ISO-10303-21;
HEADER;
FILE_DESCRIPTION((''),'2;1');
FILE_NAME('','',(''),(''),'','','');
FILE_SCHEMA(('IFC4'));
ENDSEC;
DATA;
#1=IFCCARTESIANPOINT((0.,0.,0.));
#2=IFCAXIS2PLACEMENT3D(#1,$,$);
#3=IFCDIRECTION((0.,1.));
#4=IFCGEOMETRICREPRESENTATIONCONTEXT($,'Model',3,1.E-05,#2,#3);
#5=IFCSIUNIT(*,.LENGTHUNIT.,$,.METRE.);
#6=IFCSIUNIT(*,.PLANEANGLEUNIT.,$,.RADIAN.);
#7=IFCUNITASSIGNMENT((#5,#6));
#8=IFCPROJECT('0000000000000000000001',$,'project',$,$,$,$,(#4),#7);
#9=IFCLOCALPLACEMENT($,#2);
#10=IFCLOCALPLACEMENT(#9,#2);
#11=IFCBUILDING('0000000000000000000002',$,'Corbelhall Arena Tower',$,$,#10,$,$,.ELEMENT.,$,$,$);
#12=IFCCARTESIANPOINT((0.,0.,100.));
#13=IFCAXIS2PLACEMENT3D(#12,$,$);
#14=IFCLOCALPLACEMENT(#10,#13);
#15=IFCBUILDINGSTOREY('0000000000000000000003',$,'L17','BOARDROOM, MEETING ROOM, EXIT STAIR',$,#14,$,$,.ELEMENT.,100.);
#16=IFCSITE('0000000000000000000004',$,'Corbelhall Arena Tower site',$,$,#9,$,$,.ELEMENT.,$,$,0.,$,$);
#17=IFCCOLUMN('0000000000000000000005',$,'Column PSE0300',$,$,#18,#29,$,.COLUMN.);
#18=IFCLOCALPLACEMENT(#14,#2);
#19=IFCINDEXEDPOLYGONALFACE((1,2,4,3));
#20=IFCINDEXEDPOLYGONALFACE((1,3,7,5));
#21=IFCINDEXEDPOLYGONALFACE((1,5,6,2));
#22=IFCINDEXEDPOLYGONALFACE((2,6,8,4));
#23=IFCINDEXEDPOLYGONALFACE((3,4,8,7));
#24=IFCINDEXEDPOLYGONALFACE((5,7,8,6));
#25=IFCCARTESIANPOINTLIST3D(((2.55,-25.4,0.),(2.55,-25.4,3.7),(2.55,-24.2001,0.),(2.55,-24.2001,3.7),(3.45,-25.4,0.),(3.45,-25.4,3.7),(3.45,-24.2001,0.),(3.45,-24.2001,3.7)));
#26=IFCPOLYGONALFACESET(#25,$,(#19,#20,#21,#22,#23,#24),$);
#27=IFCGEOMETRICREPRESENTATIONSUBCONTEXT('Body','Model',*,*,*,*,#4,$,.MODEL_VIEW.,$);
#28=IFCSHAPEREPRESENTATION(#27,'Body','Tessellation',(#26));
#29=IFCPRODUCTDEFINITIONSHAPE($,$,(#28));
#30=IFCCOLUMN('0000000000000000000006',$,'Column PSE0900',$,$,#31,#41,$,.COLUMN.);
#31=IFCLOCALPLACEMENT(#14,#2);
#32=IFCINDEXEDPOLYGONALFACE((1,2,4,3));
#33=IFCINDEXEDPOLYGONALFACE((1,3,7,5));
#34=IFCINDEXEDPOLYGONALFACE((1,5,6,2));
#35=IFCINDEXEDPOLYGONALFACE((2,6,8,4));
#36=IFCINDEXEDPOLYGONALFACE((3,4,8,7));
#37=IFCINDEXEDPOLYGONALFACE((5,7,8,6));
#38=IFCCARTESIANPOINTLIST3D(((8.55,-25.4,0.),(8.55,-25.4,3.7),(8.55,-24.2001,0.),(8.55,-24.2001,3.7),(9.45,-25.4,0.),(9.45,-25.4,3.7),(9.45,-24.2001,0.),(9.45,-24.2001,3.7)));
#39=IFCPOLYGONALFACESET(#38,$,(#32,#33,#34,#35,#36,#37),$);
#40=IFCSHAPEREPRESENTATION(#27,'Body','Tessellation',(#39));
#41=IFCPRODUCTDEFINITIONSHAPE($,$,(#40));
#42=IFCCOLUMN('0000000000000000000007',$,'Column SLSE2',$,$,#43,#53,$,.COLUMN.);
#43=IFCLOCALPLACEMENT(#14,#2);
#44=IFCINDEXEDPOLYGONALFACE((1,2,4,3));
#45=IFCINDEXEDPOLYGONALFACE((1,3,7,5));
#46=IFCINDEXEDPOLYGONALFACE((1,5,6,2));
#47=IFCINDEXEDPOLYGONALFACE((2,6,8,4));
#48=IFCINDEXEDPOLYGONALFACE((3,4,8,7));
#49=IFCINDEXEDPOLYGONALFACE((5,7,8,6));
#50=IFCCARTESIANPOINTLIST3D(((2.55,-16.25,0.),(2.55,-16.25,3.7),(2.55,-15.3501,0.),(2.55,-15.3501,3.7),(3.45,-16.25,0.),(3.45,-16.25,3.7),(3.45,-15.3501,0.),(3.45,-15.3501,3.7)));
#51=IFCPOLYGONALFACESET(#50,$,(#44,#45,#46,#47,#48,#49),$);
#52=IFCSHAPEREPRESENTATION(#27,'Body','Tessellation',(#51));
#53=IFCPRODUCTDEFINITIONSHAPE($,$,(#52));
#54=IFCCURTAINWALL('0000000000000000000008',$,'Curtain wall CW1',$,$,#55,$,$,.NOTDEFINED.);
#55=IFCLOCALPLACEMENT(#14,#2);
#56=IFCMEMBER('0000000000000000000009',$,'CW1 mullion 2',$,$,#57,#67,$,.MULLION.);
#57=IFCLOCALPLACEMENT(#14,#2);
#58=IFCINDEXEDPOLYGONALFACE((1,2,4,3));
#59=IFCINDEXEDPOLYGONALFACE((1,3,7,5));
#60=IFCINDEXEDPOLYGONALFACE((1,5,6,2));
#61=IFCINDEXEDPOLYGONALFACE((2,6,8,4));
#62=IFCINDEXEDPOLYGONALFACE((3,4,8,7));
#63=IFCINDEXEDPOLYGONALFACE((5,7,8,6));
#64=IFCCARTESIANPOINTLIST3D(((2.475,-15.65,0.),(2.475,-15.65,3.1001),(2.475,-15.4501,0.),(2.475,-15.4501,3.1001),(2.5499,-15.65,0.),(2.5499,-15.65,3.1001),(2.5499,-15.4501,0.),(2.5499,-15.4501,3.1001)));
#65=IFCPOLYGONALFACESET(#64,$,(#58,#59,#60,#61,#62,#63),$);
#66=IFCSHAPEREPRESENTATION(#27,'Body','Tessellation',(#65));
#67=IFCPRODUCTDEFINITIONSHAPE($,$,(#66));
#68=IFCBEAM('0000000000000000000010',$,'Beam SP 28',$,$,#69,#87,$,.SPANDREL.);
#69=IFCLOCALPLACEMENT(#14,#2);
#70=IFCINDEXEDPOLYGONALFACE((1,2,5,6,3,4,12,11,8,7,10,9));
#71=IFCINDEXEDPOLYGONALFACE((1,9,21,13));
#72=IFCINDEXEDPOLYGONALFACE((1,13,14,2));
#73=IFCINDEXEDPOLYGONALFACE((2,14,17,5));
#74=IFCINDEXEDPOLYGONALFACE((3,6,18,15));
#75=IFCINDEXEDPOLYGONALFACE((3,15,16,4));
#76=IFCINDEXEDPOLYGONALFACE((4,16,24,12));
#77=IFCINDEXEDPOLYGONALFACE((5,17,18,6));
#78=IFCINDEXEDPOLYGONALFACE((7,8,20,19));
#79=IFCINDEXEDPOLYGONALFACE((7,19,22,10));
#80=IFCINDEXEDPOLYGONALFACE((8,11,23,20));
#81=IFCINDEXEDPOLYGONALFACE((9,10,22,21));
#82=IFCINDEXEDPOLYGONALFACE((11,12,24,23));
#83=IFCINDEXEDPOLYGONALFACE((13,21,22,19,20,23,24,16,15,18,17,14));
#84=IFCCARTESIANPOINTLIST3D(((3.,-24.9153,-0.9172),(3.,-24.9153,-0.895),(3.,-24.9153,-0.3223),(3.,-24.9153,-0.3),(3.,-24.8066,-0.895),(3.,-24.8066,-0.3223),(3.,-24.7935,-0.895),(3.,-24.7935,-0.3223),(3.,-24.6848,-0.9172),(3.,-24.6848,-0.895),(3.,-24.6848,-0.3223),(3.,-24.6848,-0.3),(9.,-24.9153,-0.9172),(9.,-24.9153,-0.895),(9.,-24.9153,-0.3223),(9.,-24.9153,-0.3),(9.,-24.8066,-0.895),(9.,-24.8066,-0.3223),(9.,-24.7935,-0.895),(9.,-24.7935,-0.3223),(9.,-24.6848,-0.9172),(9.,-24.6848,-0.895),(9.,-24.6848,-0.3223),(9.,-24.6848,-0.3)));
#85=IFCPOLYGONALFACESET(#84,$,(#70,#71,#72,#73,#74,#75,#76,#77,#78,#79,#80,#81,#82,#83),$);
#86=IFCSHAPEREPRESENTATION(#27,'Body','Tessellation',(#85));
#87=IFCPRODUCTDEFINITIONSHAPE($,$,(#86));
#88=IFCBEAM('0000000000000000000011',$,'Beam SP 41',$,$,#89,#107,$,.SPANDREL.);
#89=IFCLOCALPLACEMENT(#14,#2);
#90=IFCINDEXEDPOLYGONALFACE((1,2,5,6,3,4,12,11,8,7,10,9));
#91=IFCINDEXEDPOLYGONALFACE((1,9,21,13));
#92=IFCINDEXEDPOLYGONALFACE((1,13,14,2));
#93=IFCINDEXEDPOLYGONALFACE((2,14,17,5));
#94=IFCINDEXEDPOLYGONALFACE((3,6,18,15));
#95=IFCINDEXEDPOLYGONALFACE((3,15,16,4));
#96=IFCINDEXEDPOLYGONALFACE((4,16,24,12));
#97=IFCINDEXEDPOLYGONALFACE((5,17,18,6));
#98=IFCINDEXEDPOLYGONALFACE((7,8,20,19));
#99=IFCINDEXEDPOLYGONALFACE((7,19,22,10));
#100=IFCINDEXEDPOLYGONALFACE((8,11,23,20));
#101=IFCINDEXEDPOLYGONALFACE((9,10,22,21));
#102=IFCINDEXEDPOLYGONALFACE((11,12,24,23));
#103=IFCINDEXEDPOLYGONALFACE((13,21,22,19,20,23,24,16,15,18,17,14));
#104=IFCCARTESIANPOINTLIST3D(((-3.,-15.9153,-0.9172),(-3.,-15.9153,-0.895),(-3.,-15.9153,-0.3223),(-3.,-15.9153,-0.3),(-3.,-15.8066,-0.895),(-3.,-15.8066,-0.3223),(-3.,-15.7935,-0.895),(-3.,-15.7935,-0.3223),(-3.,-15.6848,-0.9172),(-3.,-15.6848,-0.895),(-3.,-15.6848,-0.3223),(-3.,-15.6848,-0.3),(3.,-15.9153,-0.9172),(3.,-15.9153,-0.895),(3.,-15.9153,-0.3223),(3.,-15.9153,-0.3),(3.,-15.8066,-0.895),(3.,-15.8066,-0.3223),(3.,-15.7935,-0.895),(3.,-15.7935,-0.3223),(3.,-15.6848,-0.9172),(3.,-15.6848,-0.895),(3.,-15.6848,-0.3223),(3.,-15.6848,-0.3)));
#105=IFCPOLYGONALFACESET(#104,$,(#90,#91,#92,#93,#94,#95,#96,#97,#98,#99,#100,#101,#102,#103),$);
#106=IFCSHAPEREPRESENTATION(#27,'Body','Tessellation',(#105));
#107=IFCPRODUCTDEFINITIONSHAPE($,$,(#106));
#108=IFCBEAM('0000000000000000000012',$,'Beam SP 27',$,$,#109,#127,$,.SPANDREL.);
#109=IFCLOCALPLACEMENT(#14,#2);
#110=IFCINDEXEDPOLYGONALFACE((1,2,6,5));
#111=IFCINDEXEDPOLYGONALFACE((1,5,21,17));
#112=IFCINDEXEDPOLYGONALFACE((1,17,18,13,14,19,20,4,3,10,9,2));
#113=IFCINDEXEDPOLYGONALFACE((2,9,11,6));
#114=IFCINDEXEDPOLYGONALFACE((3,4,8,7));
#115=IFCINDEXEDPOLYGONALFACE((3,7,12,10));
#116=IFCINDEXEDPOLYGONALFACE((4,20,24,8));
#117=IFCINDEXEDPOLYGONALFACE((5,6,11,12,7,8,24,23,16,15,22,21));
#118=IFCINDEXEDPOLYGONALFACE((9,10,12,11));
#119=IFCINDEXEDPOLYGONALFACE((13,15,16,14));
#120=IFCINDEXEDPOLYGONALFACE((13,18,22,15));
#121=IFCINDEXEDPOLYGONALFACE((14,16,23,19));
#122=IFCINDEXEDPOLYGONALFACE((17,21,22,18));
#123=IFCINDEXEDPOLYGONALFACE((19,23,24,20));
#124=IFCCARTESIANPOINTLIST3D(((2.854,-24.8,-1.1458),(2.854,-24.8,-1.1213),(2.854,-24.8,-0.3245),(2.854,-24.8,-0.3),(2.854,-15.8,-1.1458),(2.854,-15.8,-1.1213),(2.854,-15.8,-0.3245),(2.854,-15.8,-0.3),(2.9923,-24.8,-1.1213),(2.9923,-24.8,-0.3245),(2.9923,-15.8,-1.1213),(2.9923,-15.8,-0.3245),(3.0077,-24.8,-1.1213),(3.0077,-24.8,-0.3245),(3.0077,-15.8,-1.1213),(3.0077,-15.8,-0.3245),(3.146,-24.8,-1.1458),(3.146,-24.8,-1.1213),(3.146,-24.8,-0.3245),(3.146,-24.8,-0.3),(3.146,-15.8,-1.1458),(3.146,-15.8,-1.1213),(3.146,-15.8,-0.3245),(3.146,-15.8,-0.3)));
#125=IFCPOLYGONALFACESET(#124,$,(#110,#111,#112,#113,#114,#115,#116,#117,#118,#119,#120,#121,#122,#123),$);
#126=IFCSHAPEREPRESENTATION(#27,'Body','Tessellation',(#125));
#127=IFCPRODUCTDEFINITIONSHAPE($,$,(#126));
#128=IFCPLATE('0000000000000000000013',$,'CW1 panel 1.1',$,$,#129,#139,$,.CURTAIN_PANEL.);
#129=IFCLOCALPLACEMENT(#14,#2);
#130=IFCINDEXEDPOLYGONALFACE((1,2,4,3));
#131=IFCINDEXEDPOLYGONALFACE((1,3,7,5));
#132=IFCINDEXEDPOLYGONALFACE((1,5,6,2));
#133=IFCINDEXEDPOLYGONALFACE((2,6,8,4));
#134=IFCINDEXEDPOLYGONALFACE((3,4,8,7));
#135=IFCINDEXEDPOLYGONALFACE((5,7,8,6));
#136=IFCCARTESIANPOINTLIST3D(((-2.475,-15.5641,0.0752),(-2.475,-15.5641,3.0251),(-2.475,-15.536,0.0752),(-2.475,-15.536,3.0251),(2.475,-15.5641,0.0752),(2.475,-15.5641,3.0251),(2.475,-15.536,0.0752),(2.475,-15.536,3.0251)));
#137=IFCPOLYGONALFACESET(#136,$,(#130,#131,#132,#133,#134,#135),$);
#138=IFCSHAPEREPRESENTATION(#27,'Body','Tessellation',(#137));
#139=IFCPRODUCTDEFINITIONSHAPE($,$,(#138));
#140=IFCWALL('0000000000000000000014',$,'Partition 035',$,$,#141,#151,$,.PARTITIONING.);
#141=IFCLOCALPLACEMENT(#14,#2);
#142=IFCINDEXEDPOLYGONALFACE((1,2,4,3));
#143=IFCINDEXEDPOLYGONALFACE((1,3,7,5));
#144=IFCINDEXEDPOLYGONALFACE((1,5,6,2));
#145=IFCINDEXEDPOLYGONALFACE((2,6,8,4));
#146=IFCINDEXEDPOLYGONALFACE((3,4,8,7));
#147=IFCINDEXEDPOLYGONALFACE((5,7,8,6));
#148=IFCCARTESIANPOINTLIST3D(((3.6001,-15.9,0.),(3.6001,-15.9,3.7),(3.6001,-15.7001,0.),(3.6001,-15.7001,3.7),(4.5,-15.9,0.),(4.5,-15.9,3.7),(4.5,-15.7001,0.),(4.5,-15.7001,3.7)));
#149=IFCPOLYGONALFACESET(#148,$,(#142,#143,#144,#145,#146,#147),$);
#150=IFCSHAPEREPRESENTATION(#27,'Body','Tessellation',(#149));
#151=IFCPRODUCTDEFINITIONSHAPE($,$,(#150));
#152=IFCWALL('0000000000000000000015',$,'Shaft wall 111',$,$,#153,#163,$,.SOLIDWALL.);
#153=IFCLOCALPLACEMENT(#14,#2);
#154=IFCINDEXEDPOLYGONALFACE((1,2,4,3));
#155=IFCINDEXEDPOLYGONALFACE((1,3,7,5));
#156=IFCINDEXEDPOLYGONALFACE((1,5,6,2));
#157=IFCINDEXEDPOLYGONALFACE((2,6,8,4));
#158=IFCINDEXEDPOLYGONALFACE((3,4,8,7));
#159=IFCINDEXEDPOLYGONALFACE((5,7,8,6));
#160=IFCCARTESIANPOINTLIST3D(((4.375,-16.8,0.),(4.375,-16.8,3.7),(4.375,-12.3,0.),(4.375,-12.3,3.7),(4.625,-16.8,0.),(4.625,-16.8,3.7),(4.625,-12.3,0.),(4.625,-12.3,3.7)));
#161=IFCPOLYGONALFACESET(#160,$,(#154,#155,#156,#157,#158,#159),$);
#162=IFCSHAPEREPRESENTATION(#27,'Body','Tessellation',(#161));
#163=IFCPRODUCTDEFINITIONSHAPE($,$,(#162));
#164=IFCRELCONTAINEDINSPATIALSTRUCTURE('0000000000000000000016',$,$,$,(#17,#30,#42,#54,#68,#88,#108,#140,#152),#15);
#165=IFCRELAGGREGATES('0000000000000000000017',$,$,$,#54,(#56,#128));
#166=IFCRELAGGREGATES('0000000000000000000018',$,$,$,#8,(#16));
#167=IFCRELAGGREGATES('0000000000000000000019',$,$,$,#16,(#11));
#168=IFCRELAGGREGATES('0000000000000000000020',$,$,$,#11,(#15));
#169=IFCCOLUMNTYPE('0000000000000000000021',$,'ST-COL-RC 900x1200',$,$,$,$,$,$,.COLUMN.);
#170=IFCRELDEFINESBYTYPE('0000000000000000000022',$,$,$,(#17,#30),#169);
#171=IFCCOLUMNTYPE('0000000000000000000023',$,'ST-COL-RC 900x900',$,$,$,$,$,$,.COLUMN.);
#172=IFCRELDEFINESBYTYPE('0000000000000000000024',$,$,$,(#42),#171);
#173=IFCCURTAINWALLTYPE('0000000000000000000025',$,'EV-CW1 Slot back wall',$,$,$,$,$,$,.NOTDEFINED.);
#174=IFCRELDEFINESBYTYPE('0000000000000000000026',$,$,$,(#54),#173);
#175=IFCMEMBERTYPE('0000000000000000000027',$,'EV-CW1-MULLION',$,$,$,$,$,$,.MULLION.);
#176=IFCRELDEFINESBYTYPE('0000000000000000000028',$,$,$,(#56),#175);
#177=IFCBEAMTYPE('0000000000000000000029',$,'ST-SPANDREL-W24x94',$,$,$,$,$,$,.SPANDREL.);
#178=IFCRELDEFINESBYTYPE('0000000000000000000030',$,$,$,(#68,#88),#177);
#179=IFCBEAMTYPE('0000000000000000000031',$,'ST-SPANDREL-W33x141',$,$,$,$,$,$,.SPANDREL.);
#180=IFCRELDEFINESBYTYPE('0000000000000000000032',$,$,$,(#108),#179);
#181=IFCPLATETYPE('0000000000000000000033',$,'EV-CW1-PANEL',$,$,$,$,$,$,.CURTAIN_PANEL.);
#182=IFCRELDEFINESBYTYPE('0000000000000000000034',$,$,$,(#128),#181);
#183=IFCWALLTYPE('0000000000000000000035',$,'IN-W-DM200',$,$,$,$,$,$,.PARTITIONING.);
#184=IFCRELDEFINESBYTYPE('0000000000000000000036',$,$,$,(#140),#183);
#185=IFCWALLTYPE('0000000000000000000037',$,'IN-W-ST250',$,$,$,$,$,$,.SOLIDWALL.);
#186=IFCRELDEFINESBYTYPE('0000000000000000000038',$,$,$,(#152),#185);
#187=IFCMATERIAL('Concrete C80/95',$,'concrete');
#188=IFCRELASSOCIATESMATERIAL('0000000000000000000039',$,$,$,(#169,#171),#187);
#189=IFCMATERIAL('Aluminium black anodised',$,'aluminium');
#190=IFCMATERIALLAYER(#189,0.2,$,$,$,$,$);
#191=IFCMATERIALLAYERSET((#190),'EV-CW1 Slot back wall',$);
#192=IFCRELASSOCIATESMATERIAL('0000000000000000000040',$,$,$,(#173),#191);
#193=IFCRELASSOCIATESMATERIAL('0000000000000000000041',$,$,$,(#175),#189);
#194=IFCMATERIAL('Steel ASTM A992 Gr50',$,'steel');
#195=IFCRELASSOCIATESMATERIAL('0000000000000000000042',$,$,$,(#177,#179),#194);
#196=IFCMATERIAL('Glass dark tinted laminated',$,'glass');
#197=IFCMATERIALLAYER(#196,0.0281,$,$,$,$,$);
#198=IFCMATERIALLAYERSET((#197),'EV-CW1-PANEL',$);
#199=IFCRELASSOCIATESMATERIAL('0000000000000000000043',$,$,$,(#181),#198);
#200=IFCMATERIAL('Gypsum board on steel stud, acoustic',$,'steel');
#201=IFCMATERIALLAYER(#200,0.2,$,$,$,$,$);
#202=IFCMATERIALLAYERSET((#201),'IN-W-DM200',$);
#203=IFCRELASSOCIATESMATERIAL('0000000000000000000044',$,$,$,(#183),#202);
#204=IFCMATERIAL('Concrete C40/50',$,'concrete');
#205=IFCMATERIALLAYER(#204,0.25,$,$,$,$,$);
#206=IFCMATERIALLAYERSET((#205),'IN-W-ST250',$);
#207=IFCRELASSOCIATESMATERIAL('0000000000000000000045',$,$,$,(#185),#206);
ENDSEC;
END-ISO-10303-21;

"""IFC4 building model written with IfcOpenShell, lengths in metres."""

from ifc_helpers import new_model, si_unit, direction, frame, frame_2d, origin, origin_2d, place, context, subcontext, project, spatial, rectangle, i_section, extrude, material, layer, layer_set, material_profile, profile_set, type_object, element, aggregate, save


model = new_model("IFC4")

# Units and contexts
model_context = context("Model", 3, precision=1e-05, world=origin(), true_north=direction((0.0, 1.0)))
body_context = subcontext(model_context, "Body", "Model", "MODEL_VIEW")
ifc_project = project(units=[si_unit("LENGTHUNIT", "METRE"), si_unit("PLANEANGLEUNIT", "RADIAN")], contexts=[model_context])

# Site, building, storey
site_placement = place(None, origin())
site = spatial("IfcSite", under=ifc_project, at=site_placement, Name="Corbelhall Arena Tower site", CompositionType="ELEMENT", RefElevation=0.0)
building_placement = place(site_placement, origin())
building = spatial("IfcBuilding", under=site, at=building_placement, Name="Corbelhall Arena Tower", CompositionType="ELEMENT")
storey_placement = place(building_placement, frame((0.0, 0.0, 100.0)))
storey = spatial("IfcBuildingStorey", under=building, at=storey_placement, Name="L17", Description="BOARDROOM, MEETING ROOM, EXIT STAIR", CompositionType="ELEMENT", Elevation=100.0)

# Columns
ifc_material_1 = material(Name="Concrete C80/95", Category="concrete")
ifc_material_profile_1 = material_profile(ifc_material_1, rectangle(XDim=0.8999, YDim=1.2, at=origin_2d()))
ifc_profile_set_1 = profile_set([ifc_material_profile_1], Name="Concrete C80/95")
column_type_1 = type_object("IfcColumnType", Name="ST-COL-RC 900x1200", PredefinedType="COLUMN", material=ifc_profile_set_1)
for number, where, z_axis, x_axis, name in (
    (1, (3.0, -24.8, 0.0), (0.0, 0.0, 1.0), (1.0, 0.0, 0.0), "Column PSE0300"),
    (2, (9.0, -24.8, 0.0), (0.0, 0.0, 1.0), (1.0, 0.0, 0.0), "Column PSE0900"),
):
    element("IfcColumn", number, at=place(storey_placement, frame(where, z_axis=z_axis, x_axis=x_axis)), inside=storey, type_object=column_type_1, Name=name, PredefinedType="COLUMN", context=body_context, shape_type="SweptSolid", body=[
        extrude(rectangle(XDim=0.8999, YDim=1.2, at=origin_2d()), origin(), (0.0, 0.0, 1.0), 3.7),
    ])
ifc_material_profile_2 = material_profile(ifc_material_1, rectangle(XDim=0.8999, YDim=0.8999, at=origin_2d()))
ifc_profile_set_2 = profile_set([ifc_material_profile_2], Name="Concrete C80/95")
column_type_2 = type_object("IfcColumnType", Name="ST-COL-RC 900x900", PredefinedType="COLUMN", material=ifc_profile_set_2)
column_placement = place(storey_placement, frame((3.0, -15.8, 0.0), z_axis=(0.0, 0.0, 1.0), x_axis=(1.0, 0.0, 0.0)))
element("IfcColumn", 3, at=column_placement, inside=storey, type_object=column_type_2, Name="Column SLSE2", PredefinedType="COLUMN", context=body_context, shape_type="SweptSolid", body=[
    extrude(rectangle(XDim=0.8999, YDim=0.8999, at=origin_2d()), origin(), (0.0, 0.0, 1.0), 3.7),
])

# Curtain wall, member
ifc_material_2 = material(Name="Aluminium black anodised", Category="aluminium")
ifc_layer_1 = layer(ifc_material_2, 0.2)
ifc_layer_set_1 = layer_set([ifc_layer_1], Name="EV-CW1 Slot back wall")
curtain_wall_type = type_object("IfcCurtainWallType", Name="EV-CW1 Slot back wall", PredefinedType="NOTDEFINED", material=ifc_layer_set_1)
curtain_wall_placement = place(storey_placement, origin())
curtain_wall = element("IfcCurtainWall", 4, at=curtain_wall_placement, inside=storey, type_object=curtain_wall_type, Name="Curtain wall CW1", PredefinedType="NOTDEFINED")
ifc_material_profile_3 = material_profile(ifc_material_2, rectangle(XDim=0.2, YDim=0.075, at=origin_2d()))
ifc_profile_set_3 = profile_set([ifc_material_profile_3], Name="Aluminium black anodised")
member_type = type_object("IfcMemberType", Name="EV-CW1-MULLION", PredefinedType="MULLION", material=ifc_profile_set_3)
member_placement = place(storey_placement, frame((2.5125, -15.55, 0.0), z_axis=(0.0, 0.0, 1.0), x_axis=(0.0, 1.0, 0.0)))
member = element("IfcMember", 5, at=member_placement, type_object=member_type, Name="CW1 mullion 2", PredefinedType="MULLION", context=body_context, shape_type="SweptSolid", body=[
    extrude(rectangle(XDim=0.2, YDim=0.075, at=origin_2d()), origin(), (0.0, 0.0, 1.0), 3.1001),
])

# Beams
ifc_material_3 = material(Name="Steel ASTM A992 Gr50", Category="steel")
ifc_material_profile_4 = material_profile(ifc_material_3, i_section(OverallWidth=0.2305, OverallDepth=0.6172, WebThickness=0.0132, FlangeThickness=0.0222, at=origin_2d()))
ifc_profile_set_4 = profile_set([ifc_material_profile_4], Name="Steel ASTM A992 Gr50")
beam_type_1 = type_object("IfcBeamType", Name="ST-SPANDREL-W24x94", PredefinedType="SPANDREL", material=ifc_profile_set_4)
for number, where, z_axis, x_axis, name in (
    (6, (9.0, -24.8, -0.6086), (-1.0, 0.0, 0.0), (0.0, -1.0, 0.0), "Beam SP 28"),
    (7, (3.0, -15.8, -0.6086), (-1.0, 0.0, 0.0), (0.0, -1.0, 0.0), "Beam SP 41"),
):
    element("IfcBeam", number, at=place(storey_placement, frame(where, z_axis=z_axis, x_axis=x_axis)), inside=storey, type_object=beam_type_1, Name=name, PredefinedType="SPANDREL", context=body_context, shape_type="SweptSolid", body=[
        extrude(i_section(OverallWidth=0.2305, OverallDepth=0.6172, WebThickness=0.0132, FlangeThickness=0.0222, at=origin_2d()), origin(), (0.0, 0.0, 1.0), 6.0),
    ])
ifc_material_profile_5 = material_profile(ifc_material_3, i_section(OverallWidth=0.292, OverallDepth=0.8457, WebThickness=0.0154, FlangeThickness=0.0244, at=origin_2d()))
ifc_profile_set_5 = profile_set([ifc_material_profile_5], Name="Steel ASTM A992 Gr50")
beam_type_2 = type_object("IfcBeamType", Name="ST-SPANDREL-W33x141", PredefinedType="SPANDREL", material=ifc_profile_set_5)
beam_placement = place(storey_placement, frame((3.0, -24.8, -0.7229), z_axis=(0.0, 1.0, 0.0), x_axis=(-1.0, 0.0, 0.0)))
element("IfcBeam", 8, at=beam_placement, inside=storey, type_object=beam_type_2, Name="Beam SP 27", PredefinedType="SPANDREL", context=body_context, shape_type="SweptSolid", body=[
    extrude(i_section(OverallWidth=0.292, OverallDepth=0.8457, WebThickness=0.0154, FlangeThickness=0.0244, at=origin_2d()), origin(), (0.0, 0.0, 1.0), 9.0),
])

# Plate
ifc_material_4 = material(Name="Glass dark tinted laminated", Category="glass")
ifc_layer_2 = layer(ifc_material_4, 0.0281)
ifc_layer_set_2 = layer_set([ifc_layer_2], Name="EV-CW1-PANEL")
plate_type = type_object("IfcPlateType", Name="EV-CW1-PANEL", PredefinedType="CURTAIN_PANEL", material=ifc_layer_set_2)
plate_placement = place(storey_placement, frame((0.0, -15.55, 0.0752), z_axis=(0.0, 0.0, 1.0), x_axis=(1.0, 0.0, 0.0)))
plate = element("IfcPlate", 9, at=plate_placement, type_object=plate_type, Name="CW1 panel 1.1", PredefinedType="CURTAIN_PANEL", context=body_context, shape_type="SweptSolid", body=[
    extrude(rectangle(XDim=4.95, YDim=0.0281, at=origin_2d()), origin(), (0.0, 0.0, 1.0), 2.95),
])
aggregate(curtain_wall, [member, plate])

# Walls
ifc_material_5 = material(Name="Gypsum board on steel stud, acoustic", Category="steel")
ifc_layer_3 = layer(ifc_material_5, 0.2)
ifc_layer_set_3 = layer_set([ifc_layer_3], Name="IN-W-DM200")
wall_type_1 = type_object("IfcWallType", Name="IN-W-DM200", PredefinedType="PARTITIONING", material=ifc_layer_set_3)
wall_1_placement = place(storey_placement, frame((4.5, -15.8, 0.0), z_axis=(0.0, 0.0, 1.0), x_axis=(-1.0, 0.0, 0.0)))
element("IfcWall", 10, at=wall_1_placement, inside=storey, type_object=wall_type_1, Name="Partition 035", PredefinedType="PARTITIONING", context=body_context, shape_type="SweptSolid", body=[
    extrude(rectangle(XDim=0.8999, YDim=0.2, at=frame_2d((0.45, 0.0))), origin(), (0.0, 0.0, 1.0), 3.7),
])
ifc_material_6 = material(Name="Concrete C40/50", Category="concrete")
ifc_layer_4 = layer(ifc_material_6, 0.25)
ifc_layer_set_4 = layer_set([ifc_layer_4], Name="IN-W-ST250")
wall_type_2 = type_object("IfcWallType", Name="IN-W-ST250", PredefinedType="SOLIDWALL", material=ifc_layer_set_4)
wall_2_placement = place(storey_placement, frame((4.5, -16.8, 0.0), z_axis=(0.0, 0.0, 1.0), x_axis=(0.0, 1.0, 0.0)))
element("IfcWall", 11, at=wall_2_placement, inside=storey, type_object=wall_type_2, Name="Shaft wall 111", PredefinedType="SOLIDWALL", context=body_context, shape_type="SweptSolid", body=[
    extrude(rectangle(XDim=4.5, YDim=0.25, at=frame_2d((2.25, 0.0))), origin(), (0.0, 0.0, 1.0), 3.7),
])

save(model, "model.ifc")
